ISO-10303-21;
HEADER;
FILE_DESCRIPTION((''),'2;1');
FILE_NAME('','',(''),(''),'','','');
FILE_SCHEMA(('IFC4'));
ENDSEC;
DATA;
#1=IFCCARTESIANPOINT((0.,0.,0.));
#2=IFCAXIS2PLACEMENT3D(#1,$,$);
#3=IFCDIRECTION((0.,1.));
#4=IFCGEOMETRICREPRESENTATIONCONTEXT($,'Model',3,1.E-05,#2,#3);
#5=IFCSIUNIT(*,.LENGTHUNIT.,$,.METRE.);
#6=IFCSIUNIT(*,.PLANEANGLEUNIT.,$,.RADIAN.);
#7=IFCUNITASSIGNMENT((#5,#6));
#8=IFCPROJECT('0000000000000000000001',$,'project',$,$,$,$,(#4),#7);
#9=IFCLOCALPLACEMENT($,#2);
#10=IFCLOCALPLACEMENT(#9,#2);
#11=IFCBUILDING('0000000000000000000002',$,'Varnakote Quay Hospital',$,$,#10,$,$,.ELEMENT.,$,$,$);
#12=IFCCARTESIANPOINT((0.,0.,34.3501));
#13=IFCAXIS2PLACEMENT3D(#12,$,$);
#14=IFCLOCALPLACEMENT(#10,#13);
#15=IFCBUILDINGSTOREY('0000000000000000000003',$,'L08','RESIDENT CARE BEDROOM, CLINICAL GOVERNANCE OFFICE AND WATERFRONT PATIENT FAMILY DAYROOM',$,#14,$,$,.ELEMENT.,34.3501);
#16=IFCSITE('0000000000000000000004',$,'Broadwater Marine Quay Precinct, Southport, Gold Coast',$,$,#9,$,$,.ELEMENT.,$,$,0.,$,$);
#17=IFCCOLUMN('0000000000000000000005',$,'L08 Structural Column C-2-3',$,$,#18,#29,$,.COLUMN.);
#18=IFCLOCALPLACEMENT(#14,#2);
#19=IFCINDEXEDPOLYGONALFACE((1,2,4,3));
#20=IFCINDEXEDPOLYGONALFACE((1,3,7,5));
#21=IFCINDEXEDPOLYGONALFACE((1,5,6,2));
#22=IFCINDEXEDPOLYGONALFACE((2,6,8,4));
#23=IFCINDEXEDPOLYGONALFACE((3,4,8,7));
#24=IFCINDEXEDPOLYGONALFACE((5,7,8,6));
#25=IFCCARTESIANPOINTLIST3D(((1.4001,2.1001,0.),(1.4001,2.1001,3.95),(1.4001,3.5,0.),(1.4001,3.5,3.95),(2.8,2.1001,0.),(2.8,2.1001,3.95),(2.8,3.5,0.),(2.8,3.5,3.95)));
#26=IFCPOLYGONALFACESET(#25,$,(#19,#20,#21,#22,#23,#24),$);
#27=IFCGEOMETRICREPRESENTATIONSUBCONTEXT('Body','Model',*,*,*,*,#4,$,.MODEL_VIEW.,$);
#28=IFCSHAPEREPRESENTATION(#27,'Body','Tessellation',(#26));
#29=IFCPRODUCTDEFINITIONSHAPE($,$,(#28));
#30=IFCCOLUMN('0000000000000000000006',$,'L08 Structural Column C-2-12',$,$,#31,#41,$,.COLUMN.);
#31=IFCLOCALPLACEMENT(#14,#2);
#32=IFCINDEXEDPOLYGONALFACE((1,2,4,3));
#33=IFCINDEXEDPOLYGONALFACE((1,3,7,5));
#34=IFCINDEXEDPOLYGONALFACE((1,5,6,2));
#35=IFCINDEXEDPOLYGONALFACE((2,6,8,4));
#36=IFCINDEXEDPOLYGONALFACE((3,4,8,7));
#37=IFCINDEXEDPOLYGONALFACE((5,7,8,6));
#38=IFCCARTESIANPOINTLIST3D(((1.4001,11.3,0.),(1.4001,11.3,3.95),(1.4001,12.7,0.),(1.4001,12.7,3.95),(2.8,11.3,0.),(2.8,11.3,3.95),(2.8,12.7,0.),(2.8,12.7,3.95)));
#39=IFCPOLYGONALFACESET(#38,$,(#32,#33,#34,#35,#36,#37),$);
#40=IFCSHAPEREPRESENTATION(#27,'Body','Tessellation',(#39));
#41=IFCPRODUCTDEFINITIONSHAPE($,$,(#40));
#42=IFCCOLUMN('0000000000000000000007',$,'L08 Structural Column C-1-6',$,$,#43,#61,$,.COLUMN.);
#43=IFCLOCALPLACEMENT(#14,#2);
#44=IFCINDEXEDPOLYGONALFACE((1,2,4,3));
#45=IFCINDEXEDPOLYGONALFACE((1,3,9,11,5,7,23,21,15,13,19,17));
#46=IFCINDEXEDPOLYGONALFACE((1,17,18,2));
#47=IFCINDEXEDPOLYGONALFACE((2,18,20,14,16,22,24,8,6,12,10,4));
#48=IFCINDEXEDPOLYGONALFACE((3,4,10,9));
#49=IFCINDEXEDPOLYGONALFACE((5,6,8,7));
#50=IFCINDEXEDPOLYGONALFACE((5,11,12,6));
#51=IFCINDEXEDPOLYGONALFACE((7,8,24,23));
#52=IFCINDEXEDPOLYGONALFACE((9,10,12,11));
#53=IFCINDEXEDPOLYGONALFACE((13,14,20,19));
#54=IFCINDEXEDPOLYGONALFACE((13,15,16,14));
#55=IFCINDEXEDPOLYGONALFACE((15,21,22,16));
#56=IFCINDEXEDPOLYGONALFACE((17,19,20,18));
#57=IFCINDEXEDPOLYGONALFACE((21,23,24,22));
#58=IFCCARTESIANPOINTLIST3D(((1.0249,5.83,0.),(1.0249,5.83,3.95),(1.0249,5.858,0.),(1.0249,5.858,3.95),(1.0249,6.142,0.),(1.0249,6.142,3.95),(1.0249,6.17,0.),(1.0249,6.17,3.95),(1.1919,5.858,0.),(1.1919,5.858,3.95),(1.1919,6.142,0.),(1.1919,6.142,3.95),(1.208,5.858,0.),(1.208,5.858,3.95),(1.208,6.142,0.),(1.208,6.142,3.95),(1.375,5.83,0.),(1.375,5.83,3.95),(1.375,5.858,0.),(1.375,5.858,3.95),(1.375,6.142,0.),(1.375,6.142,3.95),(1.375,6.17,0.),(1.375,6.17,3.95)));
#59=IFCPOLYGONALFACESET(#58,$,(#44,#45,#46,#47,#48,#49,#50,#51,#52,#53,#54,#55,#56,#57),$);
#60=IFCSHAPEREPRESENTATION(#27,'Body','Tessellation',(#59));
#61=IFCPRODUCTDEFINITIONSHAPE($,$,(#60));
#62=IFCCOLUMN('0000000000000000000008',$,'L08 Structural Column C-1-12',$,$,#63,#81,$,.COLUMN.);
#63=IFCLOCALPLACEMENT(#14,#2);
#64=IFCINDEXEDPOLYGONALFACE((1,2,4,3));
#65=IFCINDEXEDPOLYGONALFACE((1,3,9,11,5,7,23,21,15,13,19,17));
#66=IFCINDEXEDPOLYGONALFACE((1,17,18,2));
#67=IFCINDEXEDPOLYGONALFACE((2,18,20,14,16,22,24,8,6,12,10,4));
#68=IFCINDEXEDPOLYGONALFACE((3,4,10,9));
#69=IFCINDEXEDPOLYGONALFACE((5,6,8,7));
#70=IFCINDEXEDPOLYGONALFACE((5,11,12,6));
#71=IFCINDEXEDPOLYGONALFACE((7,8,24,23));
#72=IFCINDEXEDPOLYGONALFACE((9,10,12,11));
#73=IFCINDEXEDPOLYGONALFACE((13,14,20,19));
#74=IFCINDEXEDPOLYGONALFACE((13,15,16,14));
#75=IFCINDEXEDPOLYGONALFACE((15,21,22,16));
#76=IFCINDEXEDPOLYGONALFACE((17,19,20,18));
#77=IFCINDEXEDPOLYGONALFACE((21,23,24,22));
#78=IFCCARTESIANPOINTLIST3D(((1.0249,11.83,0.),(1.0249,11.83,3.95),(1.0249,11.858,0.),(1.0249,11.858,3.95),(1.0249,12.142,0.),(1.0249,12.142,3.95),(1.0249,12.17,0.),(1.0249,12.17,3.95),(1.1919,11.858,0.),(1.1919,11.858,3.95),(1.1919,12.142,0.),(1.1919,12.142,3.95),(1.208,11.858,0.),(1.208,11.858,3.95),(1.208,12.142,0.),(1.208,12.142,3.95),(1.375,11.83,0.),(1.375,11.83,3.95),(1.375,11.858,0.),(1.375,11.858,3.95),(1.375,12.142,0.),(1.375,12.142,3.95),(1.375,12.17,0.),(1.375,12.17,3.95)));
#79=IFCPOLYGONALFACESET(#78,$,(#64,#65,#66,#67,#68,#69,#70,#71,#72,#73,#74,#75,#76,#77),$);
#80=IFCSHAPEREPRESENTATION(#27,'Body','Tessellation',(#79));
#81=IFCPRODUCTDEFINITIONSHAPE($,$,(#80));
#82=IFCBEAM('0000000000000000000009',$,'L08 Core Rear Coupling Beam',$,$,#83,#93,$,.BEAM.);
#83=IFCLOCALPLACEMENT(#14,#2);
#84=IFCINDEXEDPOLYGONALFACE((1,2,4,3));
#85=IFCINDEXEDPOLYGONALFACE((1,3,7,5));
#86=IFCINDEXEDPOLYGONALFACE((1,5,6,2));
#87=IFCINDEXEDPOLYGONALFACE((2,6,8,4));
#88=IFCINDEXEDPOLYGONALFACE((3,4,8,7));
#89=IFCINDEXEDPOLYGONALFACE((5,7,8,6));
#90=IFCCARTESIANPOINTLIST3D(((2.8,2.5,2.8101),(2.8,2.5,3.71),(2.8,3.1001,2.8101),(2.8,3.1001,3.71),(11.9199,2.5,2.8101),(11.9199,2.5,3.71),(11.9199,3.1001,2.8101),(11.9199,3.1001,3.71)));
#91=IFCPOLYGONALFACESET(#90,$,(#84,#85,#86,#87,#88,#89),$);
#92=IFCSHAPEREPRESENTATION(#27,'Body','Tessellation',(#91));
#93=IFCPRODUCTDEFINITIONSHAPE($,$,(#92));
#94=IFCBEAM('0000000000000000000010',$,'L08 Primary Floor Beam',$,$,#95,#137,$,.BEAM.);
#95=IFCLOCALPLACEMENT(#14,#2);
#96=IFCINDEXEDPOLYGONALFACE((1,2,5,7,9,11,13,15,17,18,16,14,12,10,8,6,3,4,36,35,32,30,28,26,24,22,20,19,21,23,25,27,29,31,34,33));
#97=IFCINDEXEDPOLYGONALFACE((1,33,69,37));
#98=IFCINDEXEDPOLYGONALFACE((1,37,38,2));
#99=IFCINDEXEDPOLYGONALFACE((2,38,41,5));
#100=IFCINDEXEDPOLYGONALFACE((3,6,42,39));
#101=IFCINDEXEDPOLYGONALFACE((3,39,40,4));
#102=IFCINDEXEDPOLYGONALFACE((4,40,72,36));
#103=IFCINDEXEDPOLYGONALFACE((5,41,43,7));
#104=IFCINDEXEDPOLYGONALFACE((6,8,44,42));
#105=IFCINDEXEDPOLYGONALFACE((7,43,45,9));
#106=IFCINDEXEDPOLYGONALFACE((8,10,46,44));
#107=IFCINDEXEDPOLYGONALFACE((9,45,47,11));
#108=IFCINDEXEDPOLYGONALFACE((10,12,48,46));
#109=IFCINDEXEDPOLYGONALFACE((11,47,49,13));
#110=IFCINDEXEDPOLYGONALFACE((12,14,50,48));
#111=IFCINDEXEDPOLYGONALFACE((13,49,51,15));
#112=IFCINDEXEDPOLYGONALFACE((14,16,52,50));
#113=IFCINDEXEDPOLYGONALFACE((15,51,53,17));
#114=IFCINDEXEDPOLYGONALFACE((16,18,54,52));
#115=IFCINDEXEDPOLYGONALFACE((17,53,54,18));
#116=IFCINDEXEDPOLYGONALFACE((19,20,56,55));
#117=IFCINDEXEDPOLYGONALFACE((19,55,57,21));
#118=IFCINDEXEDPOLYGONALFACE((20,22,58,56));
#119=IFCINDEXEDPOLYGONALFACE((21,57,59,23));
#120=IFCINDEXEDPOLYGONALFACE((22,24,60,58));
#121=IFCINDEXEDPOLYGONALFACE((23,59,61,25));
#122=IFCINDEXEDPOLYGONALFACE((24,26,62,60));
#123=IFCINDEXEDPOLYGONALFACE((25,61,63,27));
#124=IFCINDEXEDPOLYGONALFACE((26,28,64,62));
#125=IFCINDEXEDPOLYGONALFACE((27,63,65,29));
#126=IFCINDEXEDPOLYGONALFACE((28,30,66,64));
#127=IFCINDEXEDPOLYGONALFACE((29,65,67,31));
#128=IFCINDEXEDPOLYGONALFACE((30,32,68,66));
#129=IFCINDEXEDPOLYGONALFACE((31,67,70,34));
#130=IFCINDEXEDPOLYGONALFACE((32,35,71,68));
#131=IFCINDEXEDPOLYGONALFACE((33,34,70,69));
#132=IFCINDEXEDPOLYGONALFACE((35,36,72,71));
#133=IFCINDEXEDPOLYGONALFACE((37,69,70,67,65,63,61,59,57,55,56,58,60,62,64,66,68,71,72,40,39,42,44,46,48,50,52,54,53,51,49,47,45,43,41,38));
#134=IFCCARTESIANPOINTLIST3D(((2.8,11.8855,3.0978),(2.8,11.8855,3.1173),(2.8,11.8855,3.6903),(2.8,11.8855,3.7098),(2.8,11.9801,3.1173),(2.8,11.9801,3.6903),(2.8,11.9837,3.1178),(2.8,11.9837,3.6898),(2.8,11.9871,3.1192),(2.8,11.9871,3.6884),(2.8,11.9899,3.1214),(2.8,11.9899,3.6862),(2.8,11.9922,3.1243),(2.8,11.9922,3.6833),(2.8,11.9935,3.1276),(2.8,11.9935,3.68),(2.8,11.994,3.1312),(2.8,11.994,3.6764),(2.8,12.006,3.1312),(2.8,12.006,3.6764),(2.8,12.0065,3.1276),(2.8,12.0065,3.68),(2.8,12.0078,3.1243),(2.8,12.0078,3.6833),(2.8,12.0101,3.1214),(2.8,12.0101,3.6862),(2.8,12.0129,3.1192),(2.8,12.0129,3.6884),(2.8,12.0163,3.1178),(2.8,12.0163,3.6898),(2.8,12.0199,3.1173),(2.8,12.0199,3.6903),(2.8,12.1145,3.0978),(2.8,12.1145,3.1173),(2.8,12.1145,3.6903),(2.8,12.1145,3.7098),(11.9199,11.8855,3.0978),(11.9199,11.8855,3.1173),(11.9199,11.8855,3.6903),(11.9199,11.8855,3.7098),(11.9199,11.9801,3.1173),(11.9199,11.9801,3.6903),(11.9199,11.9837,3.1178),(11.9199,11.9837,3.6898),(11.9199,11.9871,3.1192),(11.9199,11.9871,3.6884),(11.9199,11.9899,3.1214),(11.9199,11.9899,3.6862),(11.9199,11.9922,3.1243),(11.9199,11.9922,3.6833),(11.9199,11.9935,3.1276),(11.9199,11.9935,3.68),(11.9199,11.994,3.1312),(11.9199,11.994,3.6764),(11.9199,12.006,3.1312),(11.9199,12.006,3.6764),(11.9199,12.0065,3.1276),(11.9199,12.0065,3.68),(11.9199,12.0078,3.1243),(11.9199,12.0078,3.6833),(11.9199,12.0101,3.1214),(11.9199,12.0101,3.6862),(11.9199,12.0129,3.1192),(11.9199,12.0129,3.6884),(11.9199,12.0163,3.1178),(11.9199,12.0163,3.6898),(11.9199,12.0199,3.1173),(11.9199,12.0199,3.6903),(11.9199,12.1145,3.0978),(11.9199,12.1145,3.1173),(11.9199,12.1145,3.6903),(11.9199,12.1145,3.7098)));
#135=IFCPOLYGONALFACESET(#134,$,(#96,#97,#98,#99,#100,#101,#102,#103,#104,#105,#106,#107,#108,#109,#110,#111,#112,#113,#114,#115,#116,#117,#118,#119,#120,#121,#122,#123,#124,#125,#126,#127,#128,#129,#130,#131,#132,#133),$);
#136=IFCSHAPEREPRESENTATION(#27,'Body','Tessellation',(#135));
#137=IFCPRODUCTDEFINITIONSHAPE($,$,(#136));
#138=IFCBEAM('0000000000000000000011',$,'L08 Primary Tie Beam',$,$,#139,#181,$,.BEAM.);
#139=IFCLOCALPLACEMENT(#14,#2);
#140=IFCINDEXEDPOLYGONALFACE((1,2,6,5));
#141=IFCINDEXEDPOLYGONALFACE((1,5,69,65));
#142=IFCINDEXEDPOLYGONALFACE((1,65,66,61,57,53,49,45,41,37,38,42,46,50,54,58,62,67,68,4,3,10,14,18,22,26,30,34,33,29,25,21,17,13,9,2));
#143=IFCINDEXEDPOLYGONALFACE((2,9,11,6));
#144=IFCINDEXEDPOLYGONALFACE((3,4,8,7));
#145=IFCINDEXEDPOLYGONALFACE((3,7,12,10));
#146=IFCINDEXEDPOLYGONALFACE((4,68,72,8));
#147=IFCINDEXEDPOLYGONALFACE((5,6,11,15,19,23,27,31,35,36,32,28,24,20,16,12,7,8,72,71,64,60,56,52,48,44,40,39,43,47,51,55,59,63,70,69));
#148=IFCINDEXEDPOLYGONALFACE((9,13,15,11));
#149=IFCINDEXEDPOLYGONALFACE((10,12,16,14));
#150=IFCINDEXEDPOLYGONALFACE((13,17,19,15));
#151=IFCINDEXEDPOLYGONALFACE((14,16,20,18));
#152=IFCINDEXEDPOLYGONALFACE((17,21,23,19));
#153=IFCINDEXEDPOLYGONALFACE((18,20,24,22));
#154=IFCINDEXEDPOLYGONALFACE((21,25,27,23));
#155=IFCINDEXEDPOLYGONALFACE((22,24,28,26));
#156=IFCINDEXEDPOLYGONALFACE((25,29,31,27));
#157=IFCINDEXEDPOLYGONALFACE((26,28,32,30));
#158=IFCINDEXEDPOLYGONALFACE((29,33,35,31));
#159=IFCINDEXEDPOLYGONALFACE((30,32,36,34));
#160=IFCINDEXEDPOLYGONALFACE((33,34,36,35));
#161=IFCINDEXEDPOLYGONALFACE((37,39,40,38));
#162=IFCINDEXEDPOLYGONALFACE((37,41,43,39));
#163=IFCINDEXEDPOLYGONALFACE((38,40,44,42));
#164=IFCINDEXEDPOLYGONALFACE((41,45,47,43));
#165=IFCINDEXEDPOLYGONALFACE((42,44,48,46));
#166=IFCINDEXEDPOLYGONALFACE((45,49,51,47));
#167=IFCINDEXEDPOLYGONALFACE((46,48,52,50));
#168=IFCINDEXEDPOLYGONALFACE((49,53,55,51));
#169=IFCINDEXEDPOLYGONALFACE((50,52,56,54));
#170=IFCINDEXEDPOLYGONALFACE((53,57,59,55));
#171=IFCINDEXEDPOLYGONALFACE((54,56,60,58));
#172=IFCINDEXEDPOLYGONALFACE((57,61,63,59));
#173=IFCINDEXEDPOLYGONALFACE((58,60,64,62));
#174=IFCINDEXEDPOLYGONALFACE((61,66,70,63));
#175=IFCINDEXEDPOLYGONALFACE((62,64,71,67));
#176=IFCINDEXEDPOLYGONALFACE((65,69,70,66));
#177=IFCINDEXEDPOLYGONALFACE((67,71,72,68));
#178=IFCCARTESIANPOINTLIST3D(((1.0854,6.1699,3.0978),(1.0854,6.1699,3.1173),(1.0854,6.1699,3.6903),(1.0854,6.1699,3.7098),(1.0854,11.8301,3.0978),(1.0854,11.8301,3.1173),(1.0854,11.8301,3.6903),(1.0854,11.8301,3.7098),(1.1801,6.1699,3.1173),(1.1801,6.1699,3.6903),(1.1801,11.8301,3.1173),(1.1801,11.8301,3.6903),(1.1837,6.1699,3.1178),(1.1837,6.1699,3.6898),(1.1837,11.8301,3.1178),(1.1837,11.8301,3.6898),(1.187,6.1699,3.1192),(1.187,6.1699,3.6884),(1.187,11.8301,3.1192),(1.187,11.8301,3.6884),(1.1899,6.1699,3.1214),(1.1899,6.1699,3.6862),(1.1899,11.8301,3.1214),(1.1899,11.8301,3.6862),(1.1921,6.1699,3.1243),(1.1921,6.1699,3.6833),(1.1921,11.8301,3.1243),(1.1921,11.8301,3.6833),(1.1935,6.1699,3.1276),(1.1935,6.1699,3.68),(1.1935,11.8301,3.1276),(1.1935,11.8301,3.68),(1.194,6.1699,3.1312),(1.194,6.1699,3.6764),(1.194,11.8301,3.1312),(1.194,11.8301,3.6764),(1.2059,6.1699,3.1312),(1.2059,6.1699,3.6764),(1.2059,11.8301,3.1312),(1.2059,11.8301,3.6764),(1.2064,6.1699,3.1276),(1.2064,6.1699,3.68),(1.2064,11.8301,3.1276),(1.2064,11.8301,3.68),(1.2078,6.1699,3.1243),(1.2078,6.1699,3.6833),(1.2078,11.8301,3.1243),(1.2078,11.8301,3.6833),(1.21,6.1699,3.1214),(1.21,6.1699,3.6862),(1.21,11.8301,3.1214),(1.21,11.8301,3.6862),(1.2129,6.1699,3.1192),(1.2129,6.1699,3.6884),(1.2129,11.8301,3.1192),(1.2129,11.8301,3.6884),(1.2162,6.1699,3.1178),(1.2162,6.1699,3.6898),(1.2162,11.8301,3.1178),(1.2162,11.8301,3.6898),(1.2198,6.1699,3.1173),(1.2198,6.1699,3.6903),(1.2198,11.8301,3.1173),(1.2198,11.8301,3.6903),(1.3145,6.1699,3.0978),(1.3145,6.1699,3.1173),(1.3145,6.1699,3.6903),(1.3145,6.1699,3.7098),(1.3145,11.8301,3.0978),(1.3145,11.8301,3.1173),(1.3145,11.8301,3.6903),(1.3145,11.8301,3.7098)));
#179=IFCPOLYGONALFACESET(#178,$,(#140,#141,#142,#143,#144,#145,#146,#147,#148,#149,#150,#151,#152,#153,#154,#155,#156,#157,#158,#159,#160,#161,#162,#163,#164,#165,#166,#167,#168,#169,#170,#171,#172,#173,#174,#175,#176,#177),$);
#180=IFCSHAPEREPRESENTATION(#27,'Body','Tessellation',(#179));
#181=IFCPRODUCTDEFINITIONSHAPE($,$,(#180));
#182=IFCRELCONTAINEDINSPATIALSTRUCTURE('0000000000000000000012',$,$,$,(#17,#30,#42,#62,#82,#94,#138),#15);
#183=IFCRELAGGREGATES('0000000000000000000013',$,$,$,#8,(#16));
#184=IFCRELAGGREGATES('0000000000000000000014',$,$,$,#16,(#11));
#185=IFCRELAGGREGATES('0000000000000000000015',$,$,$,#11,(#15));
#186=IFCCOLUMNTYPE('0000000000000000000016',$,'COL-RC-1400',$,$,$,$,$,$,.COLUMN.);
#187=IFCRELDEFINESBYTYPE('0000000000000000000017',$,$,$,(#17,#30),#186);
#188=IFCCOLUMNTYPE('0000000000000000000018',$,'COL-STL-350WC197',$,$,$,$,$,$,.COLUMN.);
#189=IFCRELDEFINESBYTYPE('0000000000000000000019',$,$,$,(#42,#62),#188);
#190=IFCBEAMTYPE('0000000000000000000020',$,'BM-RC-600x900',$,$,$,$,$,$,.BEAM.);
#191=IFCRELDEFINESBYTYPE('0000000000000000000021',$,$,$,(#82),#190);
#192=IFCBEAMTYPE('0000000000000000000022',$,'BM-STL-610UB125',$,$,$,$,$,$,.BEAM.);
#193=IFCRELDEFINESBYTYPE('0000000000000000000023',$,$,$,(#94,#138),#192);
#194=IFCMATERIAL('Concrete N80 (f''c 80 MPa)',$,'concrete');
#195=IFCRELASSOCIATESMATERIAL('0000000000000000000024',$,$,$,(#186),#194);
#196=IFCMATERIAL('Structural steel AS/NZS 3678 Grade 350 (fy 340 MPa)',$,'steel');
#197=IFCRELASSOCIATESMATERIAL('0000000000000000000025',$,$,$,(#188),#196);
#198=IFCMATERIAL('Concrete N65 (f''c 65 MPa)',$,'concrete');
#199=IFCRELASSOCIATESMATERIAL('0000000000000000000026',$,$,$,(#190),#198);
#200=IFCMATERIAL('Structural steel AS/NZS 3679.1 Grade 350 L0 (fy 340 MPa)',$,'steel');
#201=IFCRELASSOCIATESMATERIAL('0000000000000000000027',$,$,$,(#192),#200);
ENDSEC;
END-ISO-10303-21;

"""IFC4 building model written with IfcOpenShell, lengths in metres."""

from ifc_helpers import new_model, si_unit, direction, frame, origin, origin_2d, place, context, subcontext, project, spatial, rectangle, i_section, extrude, material, material_profile, profile_set, type_object, element, save


model = new_model("IFC4")

# Units and contexts
model_context = context("Model", 3, precision=1e-05, world=origin(), true_north=direction((0.0, 1.0)))
body_context = subcontext(model_context, "Body", "Model", "MODEL_VIEW")
ifc_project = project(units=[si_unit("LENGTHUNIT", "METRE"), si_unit("PLANEANGLEUNIT", "RADIAN")], contexts=[model_context])

# Site, building, storey
site_placement = place(None, origin())
site = spatial("IfcSite", under=ifc_project, at=site_placement, Name="Broadwater Marine Quay Precinct, Southport, Gold Coast", CompositionType="ELEMENT", RefElevation=0.0)
building_placement = place(site_placement, origin())
building = spatial("IfcBuilding", under=site, at=building_placement, Name="Varnakote Quay Hospital", CompositionType="ELEMENT")
storey_placement = place(building_placement, frame((0.0, 0.0, 34.3501)))
storey = spatial("IfcBuildingStorey", under=building, at=storey_placement, Name="L08", Description="RESIDENT CARE BEDROOM, CLINICAL GOVERNANCE OFFICE AND WATERFRONT PATIENT FAMILY DAYROOM", CompositionType="ELEMENT", Elevation=34.3501)

# Columns
ifc_material_1 = material(Name="Concrete N80 (f'c 80 MPa)", Category="concrete")
ifc_material_profile_1 = material_profile(ifc_material_1, rectangle(XDim=1.3999, YDim=1.3999, at=origin_2d()), Name="RC-COL-1400x1400")
ifc_profile_set_1 = profile_set([ifc_material_profile_1], Name="Concrete N80 (f'c 80 MPa)")
column_type_1 = type_object("IfcColumnType", Name="COL-RC-1400", PredefinedType="COLUMN", material=ifc_profile_set_1)
for number, where, z_axis, x_axis, name in (
    (1, (2.1001, 2.8, 0.0), (0.0, 0.0, 1.0), (1.0, 0.0, 0.0), "L08 Structural Column C-2-3"),
    (2, (2.1001, 12.0, 0.0), (0.0, 0.0, 1.0), (1.0, 0.0, 0.0), "L08 Structural Column C-2-12"),
):
    element("IfcColumn", number, at=place(storey_placement, frame(where, z_axis=z_axis, x_axis=x_axis)), inside=storey, type_object=column_type_1, Name=name, PredefinedType="COLUMN", context=body_context, shape_type="SweptSolid", body=[
        extrude(rectangle(XDim=1.3999, YDim=1.3999, at=origin_2d()), origin(), (0.0, 0.0, 1.0), 3.95),
    ])
ifc_material_2 = material(Name="Structural steel AS/NZS 3678 Grade 350 (fy 340 MPa)", Category="steel")
ifc_material_profile_2 = material_profile(ifc_material_2, i_section(OverallWidth=0.3501, OverallDepth=0.3401, WebThickness=0.0161, FlangeThickness=0.0281, at=origin_2d()), Name="350WC197")
ifc_profile_set_2 = profile_set([ifc_material_profile_2], Name="Structural steel AS/NZS 3678 Grade 350 (fy 340 MPa)")
column_type_2 = type_object("IfcColumnType", Name="COL-STL-350WC197", PredefinedType="COLUMN", material=ifc_profile_set_2)
for number, where, z_axis, x_axis, name in (
    (3, (1.2, 6.0, 0.0), (0.0, 0.0, 1.0), (1.0, 0.0, 0.0), "L08 Structural Column C-1-6"),
    (4, (1.2, 12.0, 0.0), (0.0, 0.0, 1.0), (1.0, 0.0, 0.0), "L08 Structural Column C-1-12"),
):
    element("IfcColumn", number, at=place(storey_placement, frame(where, z_axis=z_axis, x_axis=x_axis)), inside=storey, type_object=column_type_2, Name=name, PredefinedType="COLUMN", context=body_context, shape_type="SweptSolid", body=[
        extrude(i_section(OverallWidth=0.3501, OverallDepth=0.3401, WebThickness=0.0161, FlangeThickness=0.0281, at=origin_2d()), origin(), (0.0, 0.0, 1.0), 3.95),
    ])

# Beams
ifc_material_3 = material(Name="Concrete N65 (f'c 65 MPa)", Category="concrete")
ifc_material_profile_3 = material_profile(ifc_material_3, rectangle(XDim=0.6001, YDim=0.8999, at=origin_2d()), Name="RC-BM-600x900")
ifc_profile_set_3 = profile_set([ifc_material_profile_3], Name="Concrete N65 (f'c 65 MPa)")
beam_type_1 = type_object("IfcBeamType", Name="BM-RC-600x900", PredefinedType="BEAM", material=ifc_profile_set_3)
beam_1_placement = place(storey_placement, frame((2.8, 2.8, 3.26), z_axis=(1.0, 0.0, 0.0), x_axis=(0.0, 1.0, 0.0)))
element("IfcBeam", 5, at=beam_1_placement, inside=storey, type_object=beam_type_1, Name="L08 Core Rear Coupling Beam", PredefinedType="BEAM", context=body_context, shape_type="SweptSolid", body=[
    extrude(rectangle(XDim=0.6001, YDim=0.8999, at=origin_2d()), origin(), (0.0, 0.0, 1.0), 9.1199),
])
ifc_material_4 = material(Name="Structural steel AS/NZS 3679.1 Grade 350 L0 (fy 340 MPa)", Category="steel")
ifc_material_profile_4 = material_profile(ifc_material_4, i_section(OverallWidth=0.229, OverallDepth=0.6121, WebThickness=0.012, FlangeThickness=0.0195, FilletRadius=0.0139, at=origin_2d()), Name="610UB125")
ifc_profile_set_4 = profile_set([ifc_material_profile_4], Name="Structural steel AS/NZS 3679.1 Grade 350 L0 (fy 340 MPa)")
beam_type_2 = type_object("IfcBeamType", Name="BM-STL-610UB125", PredefinedType="BEAM", material=ifc_profile_set_4)
beam_2_placement = place(storey_placement, frame((2.8, 12.0, 3.4038), z_axis=(1.0, 0.0, 0.0), x_axis=(0.0, 1.0, 0.0)))
element("IfcBeam", 6, at=beam_2_placement, inside=storey, type_object=beam_type_2, Name="L08 Primary Floor Beam", PredefinedType="BEAM", context=body_context, shape_type="SweptSolid", body=[
    extrude(i_section(OverallWidth=0.229, OverallDepth=0.6121, WebThickness=0.012, FlangeThickness=0.0195, FilletRadius=0.0139, at=origin_2d()), origin(), (0.0, 0.0, 1.0), 9.1199),
])
beam_3_placement = place(storey_placement, frame((1.2, 6.1699, 3.4038), z_axis=(0.0, 1.0, 0.0), x_axis=(-1.0, 0.0, 0.0)))
element("IfcBeam", 7, at=beam_3_placement, inside=storey, type_object=beam_type_2, Name="L08 Primary Tie Beam", PredefinedType="BEAM", context=body_context, shape_type="SweptSolid", body=[
    extrude(i_section(OverallWidth=0.229, OverallDepth=0.6121, WebThickness=0.012, FlangeThickness=0.0195, FilletRadius=0.0139, at=origin_2d()), origin(), (0.0, 0.0, 1.0), 5.6602),
])

save(model, "model.ifc")
